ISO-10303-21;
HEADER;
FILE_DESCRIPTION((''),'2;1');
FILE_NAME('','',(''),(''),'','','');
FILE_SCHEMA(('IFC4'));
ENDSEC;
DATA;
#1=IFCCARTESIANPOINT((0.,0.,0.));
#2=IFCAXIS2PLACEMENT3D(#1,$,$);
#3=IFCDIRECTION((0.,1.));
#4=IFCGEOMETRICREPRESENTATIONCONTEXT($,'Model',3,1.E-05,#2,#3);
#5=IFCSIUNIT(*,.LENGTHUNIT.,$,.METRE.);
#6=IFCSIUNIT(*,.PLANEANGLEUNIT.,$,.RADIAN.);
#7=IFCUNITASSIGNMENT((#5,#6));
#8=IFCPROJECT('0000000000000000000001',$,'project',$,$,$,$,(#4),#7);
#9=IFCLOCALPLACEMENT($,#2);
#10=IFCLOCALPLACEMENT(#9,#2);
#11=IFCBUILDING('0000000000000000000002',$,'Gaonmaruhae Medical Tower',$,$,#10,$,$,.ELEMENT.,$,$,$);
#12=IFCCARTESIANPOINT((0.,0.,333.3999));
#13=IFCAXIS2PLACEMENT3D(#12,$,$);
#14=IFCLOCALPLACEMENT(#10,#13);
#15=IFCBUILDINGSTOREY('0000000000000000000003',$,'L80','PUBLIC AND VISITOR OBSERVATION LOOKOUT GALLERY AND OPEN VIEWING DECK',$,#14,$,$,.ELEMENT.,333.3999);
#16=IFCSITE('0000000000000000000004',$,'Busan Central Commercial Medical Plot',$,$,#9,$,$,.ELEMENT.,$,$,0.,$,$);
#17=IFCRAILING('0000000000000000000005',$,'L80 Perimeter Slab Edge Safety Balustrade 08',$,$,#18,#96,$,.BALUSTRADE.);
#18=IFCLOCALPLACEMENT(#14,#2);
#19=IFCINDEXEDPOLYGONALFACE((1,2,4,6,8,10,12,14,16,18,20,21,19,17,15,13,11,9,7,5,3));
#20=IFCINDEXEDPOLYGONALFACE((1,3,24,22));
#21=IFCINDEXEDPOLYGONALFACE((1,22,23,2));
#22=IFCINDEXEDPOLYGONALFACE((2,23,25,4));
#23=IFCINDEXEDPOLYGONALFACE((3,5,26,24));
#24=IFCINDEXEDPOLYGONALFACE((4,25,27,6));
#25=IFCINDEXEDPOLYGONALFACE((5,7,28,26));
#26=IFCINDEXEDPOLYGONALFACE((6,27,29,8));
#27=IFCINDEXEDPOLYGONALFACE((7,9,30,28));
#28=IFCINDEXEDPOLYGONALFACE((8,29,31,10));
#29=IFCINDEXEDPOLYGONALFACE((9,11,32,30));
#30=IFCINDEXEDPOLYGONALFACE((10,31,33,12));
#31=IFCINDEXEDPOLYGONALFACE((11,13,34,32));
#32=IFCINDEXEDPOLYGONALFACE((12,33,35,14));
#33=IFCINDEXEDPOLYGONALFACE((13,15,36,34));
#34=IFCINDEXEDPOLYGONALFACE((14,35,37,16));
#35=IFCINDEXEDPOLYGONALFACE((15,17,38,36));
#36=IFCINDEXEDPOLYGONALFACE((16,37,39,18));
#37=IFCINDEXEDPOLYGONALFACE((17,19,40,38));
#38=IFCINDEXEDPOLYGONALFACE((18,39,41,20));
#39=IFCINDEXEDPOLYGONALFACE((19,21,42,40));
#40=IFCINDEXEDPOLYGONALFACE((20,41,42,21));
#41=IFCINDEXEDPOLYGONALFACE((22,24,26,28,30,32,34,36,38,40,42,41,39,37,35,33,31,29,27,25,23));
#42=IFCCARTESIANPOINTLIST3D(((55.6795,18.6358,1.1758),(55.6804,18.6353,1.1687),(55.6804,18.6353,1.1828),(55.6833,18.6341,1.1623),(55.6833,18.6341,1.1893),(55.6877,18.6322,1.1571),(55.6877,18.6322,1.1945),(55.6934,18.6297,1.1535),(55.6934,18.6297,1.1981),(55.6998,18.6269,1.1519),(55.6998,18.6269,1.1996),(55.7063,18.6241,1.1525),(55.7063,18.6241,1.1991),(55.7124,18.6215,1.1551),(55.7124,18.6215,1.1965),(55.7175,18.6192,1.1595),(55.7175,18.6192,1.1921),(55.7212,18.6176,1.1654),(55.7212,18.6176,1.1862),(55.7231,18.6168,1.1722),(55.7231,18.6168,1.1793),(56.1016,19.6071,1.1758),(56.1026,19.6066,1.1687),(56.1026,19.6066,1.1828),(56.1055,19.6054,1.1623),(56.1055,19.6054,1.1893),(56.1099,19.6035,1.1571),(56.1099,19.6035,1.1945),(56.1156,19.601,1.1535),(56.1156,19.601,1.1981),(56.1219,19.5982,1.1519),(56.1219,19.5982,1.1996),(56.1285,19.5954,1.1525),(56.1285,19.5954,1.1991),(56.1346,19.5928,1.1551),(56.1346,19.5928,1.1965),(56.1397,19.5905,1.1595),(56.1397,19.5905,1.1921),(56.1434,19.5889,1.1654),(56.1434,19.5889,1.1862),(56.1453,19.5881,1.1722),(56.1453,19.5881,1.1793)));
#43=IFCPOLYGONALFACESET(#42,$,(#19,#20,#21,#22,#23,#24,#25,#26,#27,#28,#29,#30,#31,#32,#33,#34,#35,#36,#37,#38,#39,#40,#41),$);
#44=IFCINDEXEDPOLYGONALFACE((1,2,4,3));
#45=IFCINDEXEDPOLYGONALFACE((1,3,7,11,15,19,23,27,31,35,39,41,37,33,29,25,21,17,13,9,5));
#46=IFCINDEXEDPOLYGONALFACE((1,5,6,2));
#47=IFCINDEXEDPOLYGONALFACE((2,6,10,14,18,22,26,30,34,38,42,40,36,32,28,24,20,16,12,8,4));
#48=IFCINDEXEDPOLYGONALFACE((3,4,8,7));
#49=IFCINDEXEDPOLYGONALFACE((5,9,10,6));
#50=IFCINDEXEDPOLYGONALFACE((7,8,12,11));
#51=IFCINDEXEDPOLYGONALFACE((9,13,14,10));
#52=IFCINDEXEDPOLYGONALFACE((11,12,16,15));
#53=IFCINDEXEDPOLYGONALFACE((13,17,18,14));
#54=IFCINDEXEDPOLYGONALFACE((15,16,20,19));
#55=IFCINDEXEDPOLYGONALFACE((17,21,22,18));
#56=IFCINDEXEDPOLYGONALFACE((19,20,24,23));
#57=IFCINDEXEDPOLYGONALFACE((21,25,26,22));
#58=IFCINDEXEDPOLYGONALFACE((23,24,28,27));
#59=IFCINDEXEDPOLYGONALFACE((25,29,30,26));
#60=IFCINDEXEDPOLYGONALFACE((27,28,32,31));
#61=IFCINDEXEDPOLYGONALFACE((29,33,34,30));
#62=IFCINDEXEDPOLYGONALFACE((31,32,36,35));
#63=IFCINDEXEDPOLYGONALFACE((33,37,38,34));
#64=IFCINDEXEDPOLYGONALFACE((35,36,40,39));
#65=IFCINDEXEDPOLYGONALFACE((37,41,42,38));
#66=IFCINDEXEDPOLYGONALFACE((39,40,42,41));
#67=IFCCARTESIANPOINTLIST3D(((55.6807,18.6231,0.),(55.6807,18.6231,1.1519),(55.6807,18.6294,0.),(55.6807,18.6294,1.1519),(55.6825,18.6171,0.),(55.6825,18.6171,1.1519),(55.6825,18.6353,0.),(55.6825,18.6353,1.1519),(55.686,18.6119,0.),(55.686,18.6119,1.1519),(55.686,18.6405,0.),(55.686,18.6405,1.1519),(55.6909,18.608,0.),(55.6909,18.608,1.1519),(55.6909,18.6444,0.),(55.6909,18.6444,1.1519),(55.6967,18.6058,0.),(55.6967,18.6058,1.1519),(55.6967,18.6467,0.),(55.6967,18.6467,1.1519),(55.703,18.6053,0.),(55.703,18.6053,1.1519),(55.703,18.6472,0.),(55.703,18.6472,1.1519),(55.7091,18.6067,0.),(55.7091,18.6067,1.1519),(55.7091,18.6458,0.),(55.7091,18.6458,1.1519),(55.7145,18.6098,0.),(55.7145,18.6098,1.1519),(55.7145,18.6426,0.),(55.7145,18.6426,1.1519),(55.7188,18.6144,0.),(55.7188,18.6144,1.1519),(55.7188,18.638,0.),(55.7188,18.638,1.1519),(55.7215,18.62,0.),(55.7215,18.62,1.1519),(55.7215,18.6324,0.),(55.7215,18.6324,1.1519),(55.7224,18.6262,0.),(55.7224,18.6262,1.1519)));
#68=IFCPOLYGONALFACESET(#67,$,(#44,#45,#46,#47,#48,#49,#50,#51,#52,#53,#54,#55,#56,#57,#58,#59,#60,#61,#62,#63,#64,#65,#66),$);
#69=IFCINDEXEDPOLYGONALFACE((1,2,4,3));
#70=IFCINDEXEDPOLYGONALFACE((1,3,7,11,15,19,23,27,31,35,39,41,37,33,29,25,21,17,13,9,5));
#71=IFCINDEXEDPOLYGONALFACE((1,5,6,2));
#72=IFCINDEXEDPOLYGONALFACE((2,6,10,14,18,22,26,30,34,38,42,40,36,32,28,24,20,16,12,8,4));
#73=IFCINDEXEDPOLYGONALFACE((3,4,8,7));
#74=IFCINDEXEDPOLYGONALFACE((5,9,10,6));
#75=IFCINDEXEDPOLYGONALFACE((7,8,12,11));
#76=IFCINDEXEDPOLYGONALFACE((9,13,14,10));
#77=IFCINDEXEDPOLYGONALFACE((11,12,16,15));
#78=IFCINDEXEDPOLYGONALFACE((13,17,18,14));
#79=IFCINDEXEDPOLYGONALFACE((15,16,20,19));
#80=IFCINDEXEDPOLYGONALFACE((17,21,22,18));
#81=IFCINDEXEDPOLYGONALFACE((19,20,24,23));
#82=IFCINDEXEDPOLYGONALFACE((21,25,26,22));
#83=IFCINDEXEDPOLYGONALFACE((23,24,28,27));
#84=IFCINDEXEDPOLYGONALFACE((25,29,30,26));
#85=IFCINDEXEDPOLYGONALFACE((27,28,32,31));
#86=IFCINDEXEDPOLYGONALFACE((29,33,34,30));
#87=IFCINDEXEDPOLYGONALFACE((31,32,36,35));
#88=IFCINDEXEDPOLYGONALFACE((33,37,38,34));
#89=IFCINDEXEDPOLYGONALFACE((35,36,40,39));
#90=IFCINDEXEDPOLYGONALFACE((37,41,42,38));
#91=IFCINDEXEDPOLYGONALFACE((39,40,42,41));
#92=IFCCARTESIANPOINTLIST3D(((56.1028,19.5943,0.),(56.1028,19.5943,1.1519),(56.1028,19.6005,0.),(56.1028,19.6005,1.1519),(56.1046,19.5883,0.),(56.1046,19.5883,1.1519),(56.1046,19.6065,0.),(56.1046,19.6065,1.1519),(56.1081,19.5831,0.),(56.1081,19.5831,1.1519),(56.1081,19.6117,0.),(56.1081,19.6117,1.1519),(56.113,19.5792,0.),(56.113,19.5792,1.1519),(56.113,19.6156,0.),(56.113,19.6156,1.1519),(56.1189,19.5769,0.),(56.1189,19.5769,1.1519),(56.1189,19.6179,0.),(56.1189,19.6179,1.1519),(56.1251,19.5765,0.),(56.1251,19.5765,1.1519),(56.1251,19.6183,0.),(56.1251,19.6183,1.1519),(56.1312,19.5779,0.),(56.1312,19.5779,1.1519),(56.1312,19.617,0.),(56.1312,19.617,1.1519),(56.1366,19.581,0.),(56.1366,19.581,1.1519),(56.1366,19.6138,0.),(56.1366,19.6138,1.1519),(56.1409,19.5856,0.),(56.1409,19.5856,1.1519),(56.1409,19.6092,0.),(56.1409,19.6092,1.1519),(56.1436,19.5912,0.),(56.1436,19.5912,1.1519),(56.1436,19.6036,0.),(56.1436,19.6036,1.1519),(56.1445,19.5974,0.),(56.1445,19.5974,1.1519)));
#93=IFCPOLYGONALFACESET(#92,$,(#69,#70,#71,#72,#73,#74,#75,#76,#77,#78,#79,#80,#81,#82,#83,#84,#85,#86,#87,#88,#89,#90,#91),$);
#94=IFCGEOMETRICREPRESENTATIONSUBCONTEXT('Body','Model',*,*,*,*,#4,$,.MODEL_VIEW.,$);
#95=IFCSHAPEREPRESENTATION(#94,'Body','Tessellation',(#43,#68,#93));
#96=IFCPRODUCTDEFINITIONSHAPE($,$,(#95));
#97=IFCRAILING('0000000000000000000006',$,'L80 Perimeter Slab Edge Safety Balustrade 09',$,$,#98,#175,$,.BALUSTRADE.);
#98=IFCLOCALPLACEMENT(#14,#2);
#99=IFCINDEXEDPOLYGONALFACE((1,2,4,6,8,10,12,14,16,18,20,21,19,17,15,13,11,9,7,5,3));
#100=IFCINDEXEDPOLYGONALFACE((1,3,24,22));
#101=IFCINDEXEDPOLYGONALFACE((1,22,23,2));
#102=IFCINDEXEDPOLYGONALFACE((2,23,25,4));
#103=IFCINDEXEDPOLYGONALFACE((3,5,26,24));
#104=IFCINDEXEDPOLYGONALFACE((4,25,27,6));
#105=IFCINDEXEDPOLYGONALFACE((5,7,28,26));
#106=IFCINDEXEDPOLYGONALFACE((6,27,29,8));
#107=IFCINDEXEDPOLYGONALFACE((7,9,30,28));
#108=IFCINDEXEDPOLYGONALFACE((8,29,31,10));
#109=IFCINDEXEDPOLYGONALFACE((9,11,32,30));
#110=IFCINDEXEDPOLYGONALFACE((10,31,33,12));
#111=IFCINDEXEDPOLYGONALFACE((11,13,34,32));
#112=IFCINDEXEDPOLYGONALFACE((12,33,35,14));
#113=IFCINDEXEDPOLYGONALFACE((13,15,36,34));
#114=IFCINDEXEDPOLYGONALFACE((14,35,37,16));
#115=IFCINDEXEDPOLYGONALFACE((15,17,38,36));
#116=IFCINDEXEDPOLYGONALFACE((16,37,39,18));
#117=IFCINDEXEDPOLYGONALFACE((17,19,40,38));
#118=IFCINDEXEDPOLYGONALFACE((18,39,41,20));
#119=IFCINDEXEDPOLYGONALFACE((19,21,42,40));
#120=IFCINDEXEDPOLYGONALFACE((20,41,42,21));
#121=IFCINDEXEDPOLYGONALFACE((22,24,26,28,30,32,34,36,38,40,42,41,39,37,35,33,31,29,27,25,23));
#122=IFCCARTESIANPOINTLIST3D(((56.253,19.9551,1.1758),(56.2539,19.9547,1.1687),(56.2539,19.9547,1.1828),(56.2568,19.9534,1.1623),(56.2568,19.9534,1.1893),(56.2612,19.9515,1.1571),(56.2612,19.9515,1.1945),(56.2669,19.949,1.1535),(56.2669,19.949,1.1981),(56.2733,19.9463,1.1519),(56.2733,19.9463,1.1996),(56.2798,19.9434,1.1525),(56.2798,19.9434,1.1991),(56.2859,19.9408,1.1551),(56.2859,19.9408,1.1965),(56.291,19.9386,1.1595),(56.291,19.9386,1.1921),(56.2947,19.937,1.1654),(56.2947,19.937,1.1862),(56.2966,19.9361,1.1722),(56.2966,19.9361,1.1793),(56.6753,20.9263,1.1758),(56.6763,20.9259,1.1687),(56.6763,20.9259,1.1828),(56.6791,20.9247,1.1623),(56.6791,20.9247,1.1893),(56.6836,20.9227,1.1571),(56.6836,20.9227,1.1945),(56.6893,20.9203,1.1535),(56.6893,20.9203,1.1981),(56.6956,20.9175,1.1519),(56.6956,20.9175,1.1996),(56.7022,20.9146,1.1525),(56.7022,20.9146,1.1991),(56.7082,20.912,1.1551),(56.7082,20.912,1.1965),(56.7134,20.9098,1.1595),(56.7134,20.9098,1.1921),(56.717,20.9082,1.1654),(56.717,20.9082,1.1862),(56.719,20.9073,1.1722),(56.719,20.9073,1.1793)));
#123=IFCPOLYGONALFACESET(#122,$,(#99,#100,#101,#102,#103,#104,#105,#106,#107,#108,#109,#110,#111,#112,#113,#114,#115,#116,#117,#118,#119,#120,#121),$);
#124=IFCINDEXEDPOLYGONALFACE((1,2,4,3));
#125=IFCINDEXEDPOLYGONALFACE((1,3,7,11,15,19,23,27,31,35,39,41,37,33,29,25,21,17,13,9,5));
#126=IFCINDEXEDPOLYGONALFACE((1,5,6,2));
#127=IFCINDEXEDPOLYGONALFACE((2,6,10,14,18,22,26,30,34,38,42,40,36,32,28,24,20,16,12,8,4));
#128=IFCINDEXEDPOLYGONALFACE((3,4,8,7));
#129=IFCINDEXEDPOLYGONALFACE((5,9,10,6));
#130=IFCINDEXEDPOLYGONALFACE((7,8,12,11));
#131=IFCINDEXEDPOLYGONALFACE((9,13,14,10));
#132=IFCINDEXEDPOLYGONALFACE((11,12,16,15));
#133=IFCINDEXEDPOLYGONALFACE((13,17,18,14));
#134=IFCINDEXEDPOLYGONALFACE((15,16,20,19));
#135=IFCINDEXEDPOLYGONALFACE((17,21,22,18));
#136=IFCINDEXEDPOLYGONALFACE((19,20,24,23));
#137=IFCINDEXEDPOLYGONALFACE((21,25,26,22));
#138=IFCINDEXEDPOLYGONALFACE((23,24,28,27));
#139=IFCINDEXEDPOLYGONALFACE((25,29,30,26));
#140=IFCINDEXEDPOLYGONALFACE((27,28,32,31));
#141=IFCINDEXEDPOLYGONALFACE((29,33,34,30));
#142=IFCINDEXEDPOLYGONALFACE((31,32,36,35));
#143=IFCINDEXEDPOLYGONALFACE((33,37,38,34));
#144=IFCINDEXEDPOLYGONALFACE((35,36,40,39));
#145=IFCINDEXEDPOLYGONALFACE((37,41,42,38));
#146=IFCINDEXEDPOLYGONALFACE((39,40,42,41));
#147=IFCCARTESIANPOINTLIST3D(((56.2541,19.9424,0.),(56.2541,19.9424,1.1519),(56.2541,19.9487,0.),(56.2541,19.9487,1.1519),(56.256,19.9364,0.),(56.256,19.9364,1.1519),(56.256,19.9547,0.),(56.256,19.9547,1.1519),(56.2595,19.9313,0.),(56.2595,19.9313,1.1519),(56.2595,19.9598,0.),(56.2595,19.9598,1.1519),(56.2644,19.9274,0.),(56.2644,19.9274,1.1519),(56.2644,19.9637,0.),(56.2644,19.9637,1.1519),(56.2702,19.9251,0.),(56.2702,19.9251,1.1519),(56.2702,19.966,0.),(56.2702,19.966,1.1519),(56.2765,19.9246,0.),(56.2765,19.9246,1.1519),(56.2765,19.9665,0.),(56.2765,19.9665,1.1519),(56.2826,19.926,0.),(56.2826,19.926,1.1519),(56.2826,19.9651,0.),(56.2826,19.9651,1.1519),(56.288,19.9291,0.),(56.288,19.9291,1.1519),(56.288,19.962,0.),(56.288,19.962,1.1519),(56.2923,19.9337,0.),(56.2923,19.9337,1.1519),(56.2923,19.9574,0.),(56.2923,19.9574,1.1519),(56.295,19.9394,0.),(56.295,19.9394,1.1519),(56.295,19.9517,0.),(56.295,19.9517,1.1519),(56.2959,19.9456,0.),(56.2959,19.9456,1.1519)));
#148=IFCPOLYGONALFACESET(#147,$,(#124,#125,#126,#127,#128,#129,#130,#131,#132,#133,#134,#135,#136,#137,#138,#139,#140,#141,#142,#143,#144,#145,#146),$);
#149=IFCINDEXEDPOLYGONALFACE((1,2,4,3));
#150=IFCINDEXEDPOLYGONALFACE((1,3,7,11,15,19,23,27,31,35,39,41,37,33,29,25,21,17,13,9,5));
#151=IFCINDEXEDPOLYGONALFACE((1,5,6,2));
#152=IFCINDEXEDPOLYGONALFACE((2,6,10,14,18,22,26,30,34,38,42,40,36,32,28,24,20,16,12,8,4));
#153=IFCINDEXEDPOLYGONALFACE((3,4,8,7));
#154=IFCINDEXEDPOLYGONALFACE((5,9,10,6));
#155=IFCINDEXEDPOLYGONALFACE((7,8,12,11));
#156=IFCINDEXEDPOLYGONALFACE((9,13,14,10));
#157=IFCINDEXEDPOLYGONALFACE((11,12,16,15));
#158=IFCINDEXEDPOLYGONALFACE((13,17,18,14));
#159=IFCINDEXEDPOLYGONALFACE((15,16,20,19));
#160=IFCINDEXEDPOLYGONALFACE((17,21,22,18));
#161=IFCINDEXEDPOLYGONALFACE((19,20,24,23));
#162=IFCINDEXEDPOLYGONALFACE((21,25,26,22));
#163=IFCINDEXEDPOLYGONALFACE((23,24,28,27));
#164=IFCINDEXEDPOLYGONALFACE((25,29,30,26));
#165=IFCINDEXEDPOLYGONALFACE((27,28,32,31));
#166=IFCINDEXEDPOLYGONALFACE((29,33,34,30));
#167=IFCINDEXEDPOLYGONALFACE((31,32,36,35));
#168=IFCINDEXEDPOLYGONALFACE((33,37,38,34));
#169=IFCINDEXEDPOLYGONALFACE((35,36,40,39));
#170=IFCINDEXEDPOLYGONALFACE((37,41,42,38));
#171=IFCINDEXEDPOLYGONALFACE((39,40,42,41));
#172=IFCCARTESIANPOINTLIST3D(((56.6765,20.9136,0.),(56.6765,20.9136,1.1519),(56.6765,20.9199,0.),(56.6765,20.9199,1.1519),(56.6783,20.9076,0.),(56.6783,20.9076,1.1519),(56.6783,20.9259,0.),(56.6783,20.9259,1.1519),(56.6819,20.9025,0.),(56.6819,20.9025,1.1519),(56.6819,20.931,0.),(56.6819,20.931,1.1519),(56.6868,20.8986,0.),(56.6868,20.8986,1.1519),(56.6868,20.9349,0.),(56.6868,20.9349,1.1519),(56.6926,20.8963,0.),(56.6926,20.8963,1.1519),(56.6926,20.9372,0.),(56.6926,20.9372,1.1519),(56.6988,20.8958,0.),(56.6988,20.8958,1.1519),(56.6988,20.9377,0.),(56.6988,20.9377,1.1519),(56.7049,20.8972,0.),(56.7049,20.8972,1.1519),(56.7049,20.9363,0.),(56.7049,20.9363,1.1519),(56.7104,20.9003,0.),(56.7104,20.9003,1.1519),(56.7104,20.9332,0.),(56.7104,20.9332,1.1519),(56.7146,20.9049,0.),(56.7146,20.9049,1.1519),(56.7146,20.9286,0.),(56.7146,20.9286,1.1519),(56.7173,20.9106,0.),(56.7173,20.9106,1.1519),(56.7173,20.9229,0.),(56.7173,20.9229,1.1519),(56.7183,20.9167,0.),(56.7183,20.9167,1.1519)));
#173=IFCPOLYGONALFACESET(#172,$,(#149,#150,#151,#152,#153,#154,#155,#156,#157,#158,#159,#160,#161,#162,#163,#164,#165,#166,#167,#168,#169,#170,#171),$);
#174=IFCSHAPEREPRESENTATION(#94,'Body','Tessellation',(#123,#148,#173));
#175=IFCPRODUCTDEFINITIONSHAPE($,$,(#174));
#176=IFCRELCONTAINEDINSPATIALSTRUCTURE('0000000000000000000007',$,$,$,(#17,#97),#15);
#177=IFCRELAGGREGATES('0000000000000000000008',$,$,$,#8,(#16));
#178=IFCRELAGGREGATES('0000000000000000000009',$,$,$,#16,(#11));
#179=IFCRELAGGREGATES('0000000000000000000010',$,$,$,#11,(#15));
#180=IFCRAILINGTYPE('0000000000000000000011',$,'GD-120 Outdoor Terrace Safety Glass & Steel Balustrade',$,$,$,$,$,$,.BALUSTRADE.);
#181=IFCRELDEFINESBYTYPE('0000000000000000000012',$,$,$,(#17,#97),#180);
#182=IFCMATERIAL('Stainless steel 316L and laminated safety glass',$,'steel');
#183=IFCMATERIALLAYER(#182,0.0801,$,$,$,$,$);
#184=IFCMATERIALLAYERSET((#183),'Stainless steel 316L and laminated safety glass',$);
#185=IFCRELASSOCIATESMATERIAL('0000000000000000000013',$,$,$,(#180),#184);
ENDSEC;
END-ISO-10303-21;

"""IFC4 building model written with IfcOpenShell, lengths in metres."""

from ifc_helpers import new_model, si_unit, direction, frame, origin, origin_2d, place, context, subcontext, project, spatial, circle, extrude, material, layer, layer_set, type_object, element, save


model = new_model("IFC4")

# Units and contexts
model_context = context("Model", 3, precision=1e-05, world=origin(), true_north=direction((0.0, 1.0)))
body_context = subcontext(model_context, "Body", "Model", "MODEL_VIEW")
ifc_project = project(units=[si_unit("LENGTHUNIT", "METRE"), si_unit("PLANEANGLEUNIT", "RADIAN")], contexts=[model_context])

# Site, building, storey
site_placement = place(None, origin())
site = spatial("IfcSite", under=ifc_project, at=site_placement, Name="Busan Central Commercial Medical Plot", CompositionType="ELEMENT", RefElevation=0.0)
building_placement = place(site_placement, origin())
building = spatial("IfcBuilding", under=site, at=building_placement, Name="Gaonmaruhae Medical Tower", CompositionType="ELEMENT")
storey_placement = place(building_placement, frame((0.0, 0.0, 333.3999)))
storey = spatial("IfcBuildingStorey", under=building, at=storey_placement, Name="L80", Description="PUBLIC AND VISITOR OBSERVATION LOOKOUT GALLERY AND OPEN VIEWING DECK", CompositionType="ELEMENT", Elevation=333.3999)

# Railings
ifc_material_1 = material(Name="Stainless steel 316L and laminated safety glass", Category="steel")
ifc_layer_1 = layer(ifc_material_1, 0.0801)
ifc_layer_set_1 = layer_set([ifc_layer_1], Name="Stainless steel 316L and laminated safety glass")
railing_type = type_object("IfcRailingType", Name="GD-120 Outdoor Terrace Safety Glass & Steel Balustrade", PredefinedType="BALUSTRADE", material=ifc_layer_set_1)
railing_1_placement = place(storey_placement, frame((55.7014, 18.6262, 0.0)))
element("IfcRailing", 1, at=railing_1_placement, inside=storey, type_object=railing_type, Name="L80 Perimeter Slab Edge Safety Balustrade 08", PredefinedType="BALUSTRADE", context=body_context, shape_type="SweptSolid", body=[
    extrude(circle(Radius=0.0239, at=origin_2d()), frame((0.0, 0.0, 1.1758), z_axis=(0.398617, 0.917118, 0.0), x_axis=(-0.917118, 0.398617, 0.0)), (0.0, 0.0, 1.0), 1.0591),
    extrude(circle(Radius=0.021, at=origin_2d()), origin(), (0.0, 0.0, 1.0), 1.1519),
    extrude(circle(Radius=0.021, at=origin_2d()), frame((0.4221, 0.9712, 0.0)), (0.0, 0.0, 1.0), 1.1519),
])
railing_2_placement = place(storey_placement, frame((56.2749, 19.9456, 0.0)))
element("IfcRailing", 2, at=railing_2_placement, inside=storey, type_object=railing_type, Name="L80 Perimeter Slab Edge Safety Balustrade 09", PredefinedType="BALUSTRADE", context=body_context, shape_type="SweptSolid", body=[
    extrude(circle(Radius=0.0239, at=origin_2d()), frame((0.0, 0.0, 1.1758), z_axis=(0.39881, 0.917033, 0.0), x_axis=(-0.917033, 0.39881, 0.0)), (0.0, 0.0, 1.0), 1.0591),
    extrude(circle(Radius=0.021, at=origin_2d()), origin(), (0.0, 0.0, 1.0), 1.1519),
    extrude(circle(Radius=0.021, at=origin_2d()), frame((0.4224, 0.9712, 0.0)), (0.0, 0.0, 1.0), 1.1519),
])

save(model, "model.ifc")
